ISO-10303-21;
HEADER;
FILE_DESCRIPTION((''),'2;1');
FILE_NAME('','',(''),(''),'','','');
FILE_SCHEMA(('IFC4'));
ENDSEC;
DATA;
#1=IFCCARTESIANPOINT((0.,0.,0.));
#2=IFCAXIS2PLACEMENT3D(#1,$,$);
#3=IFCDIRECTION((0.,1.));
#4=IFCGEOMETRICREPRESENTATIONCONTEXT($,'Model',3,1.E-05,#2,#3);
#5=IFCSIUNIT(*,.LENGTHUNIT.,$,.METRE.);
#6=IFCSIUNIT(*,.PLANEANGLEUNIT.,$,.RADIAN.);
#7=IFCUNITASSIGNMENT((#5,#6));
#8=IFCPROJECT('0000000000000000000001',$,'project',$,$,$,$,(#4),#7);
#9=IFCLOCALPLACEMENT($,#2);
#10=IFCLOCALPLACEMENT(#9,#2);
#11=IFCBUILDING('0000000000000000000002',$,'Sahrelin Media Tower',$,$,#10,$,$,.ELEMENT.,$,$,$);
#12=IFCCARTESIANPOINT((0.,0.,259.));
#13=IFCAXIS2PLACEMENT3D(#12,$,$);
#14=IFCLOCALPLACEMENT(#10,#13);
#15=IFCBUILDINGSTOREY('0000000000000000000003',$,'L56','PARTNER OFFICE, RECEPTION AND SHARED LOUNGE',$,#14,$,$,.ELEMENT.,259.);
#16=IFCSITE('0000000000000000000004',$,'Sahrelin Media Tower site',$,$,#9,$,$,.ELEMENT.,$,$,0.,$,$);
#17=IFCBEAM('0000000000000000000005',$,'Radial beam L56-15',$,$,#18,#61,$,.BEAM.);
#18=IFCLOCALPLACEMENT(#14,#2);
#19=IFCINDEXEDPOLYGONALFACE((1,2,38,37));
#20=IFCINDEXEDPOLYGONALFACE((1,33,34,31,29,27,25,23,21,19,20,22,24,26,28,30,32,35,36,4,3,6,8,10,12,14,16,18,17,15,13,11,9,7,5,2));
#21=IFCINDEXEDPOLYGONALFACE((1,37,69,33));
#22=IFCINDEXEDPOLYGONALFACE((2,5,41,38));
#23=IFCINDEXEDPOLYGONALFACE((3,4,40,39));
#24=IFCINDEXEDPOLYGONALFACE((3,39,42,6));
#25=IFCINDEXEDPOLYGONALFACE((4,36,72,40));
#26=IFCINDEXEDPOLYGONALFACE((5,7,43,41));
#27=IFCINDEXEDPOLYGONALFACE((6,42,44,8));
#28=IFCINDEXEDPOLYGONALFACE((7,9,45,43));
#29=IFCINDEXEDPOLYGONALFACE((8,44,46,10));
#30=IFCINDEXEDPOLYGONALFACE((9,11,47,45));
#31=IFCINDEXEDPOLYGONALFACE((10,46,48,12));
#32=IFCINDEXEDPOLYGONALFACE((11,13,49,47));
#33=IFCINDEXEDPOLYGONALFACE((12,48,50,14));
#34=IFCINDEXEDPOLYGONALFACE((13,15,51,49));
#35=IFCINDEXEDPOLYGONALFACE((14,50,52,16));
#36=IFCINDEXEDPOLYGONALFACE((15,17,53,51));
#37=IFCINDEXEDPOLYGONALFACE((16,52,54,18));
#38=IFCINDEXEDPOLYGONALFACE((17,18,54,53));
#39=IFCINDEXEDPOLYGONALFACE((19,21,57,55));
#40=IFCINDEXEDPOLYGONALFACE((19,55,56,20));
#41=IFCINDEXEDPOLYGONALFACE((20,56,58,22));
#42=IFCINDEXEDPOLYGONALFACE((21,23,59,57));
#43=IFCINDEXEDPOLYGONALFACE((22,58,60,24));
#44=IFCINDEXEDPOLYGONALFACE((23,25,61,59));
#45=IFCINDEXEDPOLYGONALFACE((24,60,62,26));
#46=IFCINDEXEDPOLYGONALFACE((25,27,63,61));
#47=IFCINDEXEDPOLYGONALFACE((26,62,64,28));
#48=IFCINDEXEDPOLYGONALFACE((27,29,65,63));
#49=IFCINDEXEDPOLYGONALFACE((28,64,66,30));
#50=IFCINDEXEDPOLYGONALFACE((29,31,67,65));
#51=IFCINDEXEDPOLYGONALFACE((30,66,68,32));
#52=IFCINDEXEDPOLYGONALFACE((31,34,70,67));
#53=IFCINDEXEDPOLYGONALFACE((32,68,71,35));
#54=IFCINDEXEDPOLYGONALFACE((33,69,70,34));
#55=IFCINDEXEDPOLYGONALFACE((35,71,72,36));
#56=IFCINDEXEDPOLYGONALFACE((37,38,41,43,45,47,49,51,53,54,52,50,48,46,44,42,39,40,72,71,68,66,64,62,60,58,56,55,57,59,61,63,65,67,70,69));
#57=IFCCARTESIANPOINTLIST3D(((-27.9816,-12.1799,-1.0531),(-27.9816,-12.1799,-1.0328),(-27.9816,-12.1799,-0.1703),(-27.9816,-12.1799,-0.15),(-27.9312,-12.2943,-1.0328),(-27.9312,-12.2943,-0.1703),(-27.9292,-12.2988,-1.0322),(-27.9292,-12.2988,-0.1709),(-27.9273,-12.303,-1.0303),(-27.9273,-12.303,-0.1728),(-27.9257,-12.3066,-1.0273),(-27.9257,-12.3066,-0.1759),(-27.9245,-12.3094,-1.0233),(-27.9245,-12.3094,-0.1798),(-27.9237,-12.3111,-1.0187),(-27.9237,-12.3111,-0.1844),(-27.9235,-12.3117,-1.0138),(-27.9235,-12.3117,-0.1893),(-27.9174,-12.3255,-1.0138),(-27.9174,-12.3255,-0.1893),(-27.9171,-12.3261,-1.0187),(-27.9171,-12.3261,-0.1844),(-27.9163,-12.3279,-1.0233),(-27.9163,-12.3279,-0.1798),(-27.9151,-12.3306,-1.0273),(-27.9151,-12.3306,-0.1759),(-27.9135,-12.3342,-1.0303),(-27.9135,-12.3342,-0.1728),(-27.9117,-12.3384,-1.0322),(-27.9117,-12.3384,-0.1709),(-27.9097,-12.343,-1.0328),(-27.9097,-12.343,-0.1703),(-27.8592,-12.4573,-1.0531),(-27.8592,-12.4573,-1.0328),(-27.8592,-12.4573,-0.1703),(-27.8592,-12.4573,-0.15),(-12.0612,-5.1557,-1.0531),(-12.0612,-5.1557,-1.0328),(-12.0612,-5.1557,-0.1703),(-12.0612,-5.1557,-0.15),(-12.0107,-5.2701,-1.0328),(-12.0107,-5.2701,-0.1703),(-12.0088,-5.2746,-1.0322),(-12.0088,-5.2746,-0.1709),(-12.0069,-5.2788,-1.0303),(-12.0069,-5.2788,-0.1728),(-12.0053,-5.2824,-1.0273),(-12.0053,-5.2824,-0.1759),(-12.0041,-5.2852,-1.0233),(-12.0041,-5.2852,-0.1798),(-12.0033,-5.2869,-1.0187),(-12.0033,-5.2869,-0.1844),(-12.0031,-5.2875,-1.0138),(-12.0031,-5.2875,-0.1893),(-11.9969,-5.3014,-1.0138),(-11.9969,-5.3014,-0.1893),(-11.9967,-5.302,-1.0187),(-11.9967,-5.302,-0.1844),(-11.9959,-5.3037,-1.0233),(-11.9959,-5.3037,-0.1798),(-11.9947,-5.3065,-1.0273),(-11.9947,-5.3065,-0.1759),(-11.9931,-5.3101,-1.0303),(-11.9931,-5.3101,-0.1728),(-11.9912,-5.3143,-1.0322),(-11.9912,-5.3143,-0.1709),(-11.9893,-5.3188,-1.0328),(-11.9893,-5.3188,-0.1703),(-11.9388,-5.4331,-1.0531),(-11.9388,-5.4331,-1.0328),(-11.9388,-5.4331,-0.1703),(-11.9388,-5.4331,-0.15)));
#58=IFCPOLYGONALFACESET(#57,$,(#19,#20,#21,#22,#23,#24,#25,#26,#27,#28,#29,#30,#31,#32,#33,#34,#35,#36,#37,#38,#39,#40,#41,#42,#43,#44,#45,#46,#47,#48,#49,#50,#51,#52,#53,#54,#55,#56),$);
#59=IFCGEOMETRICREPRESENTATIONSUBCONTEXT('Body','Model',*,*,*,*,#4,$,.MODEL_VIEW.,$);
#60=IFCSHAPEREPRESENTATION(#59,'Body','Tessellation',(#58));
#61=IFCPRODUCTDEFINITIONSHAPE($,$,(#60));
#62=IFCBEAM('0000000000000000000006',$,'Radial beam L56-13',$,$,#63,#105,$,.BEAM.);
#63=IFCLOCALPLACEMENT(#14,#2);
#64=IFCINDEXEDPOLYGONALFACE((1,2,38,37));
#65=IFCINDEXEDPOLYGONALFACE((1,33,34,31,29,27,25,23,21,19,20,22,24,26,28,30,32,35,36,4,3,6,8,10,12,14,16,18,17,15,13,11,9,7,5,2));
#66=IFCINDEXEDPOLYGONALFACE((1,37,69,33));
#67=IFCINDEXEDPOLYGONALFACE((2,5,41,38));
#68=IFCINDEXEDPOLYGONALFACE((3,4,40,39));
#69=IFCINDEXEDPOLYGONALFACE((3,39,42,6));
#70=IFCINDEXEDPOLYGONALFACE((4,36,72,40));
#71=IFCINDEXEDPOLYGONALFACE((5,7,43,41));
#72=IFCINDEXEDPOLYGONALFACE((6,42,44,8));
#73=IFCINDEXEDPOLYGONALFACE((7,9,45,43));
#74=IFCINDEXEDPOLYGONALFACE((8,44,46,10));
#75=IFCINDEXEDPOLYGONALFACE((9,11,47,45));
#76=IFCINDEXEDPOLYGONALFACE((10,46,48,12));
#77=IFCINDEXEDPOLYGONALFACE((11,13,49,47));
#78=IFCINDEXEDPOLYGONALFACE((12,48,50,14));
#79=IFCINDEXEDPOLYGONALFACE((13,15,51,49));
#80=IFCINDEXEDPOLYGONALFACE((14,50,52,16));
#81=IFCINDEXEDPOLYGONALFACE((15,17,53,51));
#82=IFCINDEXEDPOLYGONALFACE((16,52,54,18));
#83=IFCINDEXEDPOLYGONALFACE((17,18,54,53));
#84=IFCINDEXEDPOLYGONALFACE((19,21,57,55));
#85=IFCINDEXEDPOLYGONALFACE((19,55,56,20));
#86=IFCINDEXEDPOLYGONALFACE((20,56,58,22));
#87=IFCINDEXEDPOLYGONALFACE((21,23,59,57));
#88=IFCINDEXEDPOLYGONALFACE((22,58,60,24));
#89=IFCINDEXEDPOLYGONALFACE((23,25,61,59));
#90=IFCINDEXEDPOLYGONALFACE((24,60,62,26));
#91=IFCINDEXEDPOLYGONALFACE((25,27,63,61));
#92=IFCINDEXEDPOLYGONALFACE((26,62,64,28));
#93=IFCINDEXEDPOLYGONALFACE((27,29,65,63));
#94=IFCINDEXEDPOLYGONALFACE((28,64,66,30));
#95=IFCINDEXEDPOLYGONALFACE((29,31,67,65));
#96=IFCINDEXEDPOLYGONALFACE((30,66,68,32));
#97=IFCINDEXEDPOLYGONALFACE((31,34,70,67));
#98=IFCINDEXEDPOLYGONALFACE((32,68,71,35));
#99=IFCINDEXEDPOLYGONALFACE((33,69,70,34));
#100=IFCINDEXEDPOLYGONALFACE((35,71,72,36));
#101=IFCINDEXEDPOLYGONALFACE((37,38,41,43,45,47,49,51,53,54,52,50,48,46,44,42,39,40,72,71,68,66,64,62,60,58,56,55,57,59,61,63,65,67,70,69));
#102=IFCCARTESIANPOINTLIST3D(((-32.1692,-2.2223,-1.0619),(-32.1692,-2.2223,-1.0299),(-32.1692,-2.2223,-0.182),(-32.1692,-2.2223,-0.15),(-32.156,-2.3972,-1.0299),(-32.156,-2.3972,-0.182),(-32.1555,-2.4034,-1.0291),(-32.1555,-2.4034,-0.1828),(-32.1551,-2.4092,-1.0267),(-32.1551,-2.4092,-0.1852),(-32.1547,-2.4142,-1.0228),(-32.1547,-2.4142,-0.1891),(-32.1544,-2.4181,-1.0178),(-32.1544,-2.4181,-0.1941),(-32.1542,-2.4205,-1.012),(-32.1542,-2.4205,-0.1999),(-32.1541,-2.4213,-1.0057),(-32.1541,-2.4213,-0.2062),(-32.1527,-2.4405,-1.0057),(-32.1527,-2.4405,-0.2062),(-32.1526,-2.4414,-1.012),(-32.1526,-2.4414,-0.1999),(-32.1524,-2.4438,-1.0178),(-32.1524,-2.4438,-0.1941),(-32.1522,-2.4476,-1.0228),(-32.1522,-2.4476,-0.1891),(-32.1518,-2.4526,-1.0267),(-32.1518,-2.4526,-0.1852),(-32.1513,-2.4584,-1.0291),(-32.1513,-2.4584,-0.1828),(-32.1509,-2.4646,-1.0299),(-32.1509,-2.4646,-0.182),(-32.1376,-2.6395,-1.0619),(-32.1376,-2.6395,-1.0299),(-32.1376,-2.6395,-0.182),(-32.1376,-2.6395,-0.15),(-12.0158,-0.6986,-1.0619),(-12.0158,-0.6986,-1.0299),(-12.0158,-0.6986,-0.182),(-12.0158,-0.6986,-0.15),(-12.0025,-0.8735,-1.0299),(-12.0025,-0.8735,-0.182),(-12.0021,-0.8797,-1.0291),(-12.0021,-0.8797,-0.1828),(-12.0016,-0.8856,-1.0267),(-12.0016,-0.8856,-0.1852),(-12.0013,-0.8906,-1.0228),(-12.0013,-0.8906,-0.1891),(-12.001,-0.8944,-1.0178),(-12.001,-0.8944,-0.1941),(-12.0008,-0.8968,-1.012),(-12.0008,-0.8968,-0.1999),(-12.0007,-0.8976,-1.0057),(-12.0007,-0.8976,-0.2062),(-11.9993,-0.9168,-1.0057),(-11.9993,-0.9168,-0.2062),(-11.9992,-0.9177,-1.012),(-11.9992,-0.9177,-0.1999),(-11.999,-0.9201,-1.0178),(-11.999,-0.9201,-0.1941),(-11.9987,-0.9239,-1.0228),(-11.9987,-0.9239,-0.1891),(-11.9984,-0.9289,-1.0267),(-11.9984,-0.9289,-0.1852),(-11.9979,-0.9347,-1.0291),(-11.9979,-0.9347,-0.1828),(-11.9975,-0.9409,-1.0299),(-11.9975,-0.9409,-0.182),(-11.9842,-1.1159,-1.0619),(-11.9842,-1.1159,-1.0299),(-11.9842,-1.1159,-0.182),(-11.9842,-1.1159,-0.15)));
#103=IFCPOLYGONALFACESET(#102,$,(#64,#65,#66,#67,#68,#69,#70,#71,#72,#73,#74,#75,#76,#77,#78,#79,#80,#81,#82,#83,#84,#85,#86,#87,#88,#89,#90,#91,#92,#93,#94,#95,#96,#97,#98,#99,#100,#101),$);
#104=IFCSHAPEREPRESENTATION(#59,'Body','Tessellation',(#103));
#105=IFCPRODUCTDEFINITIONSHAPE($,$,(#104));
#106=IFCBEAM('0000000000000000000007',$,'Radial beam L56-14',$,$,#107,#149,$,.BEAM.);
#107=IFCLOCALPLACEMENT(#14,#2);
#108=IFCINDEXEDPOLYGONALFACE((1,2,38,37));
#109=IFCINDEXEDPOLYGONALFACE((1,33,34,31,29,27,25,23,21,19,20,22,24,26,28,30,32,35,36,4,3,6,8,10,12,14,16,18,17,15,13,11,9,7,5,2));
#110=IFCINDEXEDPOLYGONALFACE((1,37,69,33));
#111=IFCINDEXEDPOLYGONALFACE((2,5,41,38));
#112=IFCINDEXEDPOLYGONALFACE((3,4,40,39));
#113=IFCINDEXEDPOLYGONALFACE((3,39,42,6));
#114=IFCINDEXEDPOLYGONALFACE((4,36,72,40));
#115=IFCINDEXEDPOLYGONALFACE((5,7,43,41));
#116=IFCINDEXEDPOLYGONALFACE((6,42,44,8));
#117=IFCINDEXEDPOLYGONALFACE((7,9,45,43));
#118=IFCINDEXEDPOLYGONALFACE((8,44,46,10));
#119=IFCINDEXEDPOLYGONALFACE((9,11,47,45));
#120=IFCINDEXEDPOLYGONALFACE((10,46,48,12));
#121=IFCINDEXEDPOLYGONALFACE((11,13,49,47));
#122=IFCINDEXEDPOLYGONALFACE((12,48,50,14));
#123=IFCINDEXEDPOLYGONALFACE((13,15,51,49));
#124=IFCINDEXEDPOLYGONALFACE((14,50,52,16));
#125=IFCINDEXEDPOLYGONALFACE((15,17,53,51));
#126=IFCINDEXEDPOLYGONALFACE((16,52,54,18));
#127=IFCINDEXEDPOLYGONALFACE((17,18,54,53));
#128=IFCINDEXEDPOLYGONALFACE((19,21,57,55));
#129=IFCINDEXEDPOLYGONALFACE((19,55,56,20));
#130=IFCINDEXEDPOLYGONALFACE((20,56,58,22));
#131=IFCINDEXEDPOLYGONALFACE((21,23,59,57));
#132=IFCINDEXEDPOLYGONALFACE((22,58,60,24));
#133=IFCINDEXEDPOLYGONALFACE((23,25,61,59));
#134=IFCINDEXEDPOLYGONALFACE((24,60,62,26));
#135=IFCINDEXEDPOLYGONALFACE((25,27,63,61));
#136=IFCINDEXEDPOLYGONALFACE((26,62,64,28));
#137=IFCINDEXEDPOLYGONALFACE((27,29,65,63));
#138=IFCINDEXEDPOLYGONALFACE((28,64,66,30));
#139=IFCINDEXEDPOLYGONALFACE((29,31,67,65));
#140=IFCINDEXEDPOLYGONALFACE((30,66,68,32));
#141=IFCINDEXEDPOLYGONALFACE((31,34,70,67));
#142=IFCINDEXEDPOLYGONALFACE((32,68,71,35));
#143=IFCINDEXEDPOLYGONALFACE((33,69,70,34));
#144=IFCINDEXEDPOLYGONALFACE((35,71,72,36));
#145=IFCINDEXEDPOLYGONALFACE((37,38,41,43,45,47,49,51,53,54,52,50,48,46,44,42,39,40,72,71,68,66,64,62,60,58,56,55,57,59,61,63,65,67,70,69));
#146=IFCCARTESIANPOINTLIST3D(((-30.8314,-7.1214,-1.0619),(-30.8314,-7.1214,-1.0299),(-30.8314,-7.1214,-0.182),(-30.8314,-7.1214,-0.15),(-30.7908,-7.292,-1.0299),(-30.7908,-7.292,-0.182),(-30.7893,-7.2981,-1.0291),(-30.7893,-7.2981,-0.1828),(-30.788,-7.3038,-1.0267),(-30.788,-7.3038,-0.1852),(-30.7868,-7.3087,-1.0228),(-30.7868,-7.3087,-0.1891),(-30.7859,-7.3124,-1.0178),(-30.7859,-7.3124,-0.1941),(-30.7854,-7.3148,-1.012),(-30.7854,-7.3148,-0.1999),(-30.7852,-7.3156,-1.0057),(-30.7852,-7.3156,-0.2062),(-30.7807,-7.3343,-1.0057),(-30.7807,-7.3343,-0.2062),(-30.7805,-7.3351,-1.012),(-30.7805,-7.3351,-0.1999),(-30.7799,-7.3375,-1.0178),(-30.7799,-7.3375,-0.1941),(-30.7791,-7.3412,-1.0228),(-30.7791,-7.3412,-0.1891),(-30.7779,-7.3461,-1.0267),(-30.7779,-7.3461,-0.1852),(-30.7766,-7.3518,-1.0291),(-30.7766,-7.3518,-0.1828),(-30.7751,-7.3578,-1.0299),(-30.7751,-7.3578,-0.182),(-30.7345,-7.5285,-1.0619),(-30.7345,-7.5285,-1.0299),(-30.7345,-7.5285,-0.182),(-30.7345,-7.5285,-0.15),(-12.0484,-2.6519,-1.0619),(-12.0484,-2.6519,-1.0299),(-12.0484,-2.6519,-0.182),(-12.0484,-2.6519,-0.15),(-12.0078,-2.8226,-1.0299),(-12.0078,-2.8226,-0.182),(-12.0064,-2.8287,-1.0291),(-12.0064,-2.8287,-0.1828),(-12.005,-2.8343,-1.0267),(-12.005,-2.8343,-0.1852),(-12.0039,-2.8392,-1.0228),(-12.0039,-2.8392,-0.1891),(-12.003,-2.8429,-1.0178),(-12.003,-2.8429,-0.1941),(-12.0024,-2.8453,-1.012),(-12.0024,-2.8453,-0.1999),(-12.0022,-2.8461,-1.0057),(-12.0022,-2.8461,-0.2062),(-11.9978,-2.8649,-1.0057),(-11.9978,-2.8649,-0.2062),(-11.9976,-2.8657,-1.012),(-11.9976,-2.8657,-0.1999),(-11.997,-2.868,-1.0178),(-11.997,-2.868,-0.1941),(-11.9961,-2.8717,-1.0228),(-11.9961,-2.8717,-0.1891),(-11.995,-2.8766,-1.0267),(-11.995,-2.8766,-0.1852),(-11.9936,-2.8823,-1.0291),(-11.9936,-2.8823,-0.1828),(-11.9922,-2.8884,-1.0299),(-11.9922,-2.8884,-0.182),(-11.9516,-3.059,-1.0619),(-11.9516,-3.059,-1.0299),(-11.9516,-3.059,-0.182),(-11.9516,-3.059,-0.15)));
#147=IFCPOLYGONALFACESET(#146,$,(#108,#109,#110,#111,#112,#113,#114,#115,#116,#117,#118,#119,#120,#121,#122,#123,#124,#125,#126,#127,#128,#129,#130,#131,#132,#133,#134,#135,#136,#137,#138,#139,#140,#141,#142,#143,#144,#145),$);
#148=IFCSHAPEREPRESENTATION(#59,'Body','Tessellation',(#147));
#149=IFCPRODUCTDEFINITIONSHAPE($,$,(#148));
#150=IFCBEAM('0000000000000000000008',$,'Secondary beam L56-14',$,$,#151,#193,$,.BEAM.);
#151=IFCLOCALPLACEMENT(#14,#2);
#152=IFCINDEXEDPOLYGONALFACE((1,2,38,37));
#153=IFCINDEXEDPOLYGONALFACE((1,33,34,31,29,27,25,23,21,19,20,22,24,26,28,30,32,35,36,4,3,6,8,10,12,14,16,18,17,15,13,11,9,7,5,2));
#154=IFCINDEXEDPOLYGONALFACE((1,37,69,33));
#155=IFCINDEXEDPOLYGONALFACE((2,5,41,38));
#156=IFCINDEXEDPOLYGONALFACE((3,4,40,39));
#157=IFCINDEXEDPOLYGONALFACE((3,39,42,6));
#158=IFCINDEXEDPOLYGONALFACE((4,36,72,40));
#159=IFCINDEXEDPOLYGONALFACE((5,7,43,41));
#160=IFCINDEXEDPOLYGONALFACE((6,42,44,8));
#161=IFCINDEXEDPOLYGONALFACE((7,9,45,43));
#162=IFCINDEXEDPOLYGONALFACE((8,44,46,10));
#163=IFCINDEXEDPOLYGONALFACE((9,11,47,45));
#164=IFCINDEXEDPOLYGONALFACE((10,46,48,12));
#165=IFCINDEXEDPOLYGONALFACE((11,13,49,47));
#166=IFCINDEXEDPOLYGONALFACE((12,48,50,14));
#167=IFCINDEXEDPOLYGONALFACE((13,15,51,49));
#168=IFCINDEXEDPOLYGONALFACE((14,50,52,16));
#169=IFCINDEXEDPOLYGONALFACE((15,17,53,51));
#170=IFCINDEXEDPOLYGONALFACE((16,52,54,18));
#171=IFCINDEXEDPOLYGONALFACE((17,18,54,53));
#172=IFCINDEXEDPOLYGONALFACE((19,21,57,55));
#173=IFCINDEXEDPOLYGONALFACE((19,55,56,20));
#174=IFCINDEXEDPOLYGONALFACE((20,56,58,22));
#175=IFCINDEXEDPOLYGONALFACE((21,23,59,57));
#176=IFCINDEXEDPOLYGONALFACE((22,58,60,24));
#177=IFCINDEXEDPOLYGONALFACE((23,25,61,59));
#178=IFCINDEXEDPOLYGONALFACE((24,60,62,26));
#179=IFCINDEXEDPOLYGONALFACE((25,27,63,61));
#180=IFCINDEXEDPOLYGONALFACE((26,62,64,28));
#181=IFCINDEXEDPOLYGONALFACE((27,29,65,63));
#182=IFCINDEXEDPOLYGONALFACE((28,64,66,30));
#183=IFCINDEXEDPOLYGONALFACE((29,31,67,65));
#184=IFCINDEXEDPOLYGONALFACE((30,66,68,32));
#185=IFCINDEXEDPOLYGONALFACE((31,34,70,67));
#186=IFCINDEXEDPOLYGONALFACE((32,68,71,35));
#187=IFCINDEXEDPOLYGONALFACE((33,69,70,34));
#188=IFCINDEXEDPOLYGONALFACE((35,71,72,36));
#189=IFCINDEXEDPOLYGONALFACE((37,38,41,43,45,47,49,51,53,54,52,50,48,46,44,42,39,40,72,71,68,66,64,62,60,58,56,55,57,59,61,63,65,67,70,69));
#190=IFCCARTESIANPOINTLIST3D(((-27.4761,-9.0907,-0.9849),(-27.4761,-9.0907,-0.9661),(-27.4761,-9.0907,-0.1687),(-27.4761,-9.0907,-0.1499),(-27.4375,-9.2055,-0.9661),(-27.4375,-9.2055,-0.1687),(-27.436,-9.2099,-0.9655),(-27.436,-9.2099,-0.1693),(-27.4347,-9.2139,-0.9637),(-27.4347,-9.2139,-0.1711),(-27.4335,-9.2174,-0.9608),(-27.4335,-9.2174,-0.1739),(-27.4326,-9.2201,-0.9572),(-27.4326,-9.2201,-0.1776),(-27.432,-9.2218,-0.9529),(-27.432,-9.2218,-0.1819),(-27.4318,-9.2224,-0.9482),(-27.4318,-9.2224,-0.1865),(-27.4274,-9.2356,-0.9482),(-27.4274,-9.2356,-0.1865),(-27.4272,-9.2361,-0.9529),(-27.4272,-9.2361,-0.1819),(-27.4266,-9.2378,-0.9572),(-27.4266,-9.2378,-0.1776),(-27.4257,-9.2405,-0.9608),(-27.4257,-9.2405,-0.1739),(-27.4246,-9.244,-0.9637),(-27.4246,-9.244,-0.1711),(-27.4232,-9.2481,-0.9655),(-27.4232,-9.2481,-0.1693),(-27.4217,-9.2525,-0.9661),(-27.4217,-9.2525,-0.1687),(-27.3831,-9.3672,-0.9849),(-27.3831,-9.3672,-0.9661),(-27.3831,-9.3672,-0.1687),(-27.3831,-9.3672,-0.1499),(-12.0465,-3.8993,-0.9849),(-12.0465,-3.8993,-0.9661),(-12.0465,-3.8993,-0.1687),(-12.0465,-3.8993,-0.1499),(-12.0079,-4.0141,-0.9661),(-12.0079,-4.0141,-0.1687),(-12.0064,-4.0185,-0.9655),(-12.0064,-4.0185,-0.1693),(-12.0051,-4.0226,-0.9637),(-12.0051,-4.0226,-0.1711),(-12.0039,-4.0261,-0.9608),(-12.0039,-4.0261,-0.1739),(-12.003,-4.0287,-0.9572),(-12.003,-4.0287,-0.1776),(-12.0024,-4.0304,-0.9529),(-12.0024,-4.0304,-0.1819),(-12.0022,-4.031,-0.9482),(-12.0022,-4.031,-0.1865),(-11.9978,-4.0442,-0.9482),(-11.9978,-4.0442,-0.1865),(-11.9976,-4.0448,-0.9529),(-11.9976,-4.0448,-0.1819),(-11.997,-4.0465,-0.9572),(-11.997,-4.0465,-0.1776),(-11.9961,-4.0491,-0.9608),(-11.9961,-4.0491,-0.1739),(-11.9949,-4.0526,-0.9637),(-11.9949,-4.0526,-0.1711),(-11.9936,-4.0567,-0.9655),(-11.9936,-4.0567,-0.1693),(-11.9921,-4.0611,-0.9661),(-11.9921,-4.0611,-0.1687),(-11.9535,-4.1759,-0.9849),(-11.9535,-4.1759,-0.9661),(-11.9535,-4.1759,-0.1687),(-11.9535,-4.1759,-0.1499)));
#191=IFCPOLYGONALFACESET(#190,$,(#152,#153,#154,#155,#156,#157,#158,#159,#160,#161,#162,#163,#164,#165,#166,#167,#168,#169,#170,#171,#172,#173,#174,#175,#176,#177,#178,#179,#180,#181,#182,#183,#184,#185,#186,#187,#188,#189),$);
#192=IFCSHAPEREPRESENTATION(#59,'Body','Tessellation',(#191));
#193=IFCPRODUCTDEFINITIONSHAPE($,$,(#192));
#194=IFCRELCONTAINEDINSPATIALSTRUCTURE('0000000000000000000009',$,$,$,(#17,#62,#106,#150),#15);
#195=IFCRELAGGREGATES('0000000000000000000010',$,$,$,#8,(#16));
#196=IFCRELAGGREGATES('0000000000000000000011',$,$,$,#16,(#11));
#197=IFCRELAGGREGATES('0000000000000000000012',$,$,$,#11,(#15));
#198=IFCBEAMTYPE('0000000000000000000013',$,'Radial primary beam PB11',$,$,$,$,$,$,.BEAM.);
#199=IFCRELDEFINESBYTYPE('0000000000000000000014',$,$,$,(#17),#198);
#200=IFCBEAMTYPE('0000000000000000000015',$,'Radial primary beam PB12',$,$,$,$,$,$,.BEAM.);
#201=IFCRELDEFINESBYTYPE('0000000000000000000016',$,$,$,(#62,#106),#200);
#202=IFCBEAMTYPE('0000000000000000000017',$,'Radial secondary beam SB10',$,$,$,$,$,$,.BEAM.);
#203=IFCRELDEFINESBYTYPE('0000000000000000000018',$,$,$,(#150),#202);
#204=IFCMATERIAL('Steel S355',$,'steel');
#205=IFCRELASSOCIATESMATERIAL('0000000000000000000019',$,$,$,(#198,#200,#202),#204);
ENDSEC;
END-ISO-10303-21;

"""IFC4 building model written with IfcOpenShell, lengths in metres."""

from ifc_helpers import new_model, si_unit, direction, frame, origin, origin_2d, place, context, subcontext, project, spatial, i_section, extrude, material, material_profile, profile_set, type_object, element, save


model = new_model("IFC4")

# Units and contexts
model_context = context("Model", 3, precision=1e-05, world=origin(), true_north=direction((0.0, 1.0)))
body_context = subcontext(model_context, "Body", "Model", "MODEL_VIEW")
ifc_project = project(units=[si_unit("LENGTHUNIT", "METRE"), si_unit("PLANEANGLEUNIT", "RADIAN")], contexts=[model_context])

# Site, building, storey
site_placement = place(None, origin())
site = spatial("IfcSite", under=ifc_project, at=site_placement, Name="Sahrelin Media Tower site", CompositionType="ELEMENT", RefElevation=0.0)
building_placement = place(site_placement, origin())
building = spatial("IfcBuilding", under=site, at=building_placement, Name="Sahrelin Media Tower", CompositionType="ELEMENT")
storey_placement = place(building_placement, frame((0.0, 0.0, 259.0)))
storey = spatial("IfcBuildingStorey", under=building, at=storey_placement, Name="L56", Description="PARTNER OFFICE, RECEPTION AND SHARED LOUNGE", CompositionType="ELEMENT", Elevation=259.0)

# Beams
ifc_material_1 = material(Name="Steel S355", Category="steel")
ifc_material_profile_1 = material_profile(ifc_material_1, i_section(OverallWidth=0.3032, OverallDepth=0.9031, WebThickness=0.0151, FlangeThickness=0.0203, FilletRadius=0.019, at=origin_2d()), Name="UB 914x305x201")
ifc_profile_set_1 = profile_set([ifc_material_profile_1], Name="Steel S355")
beam_type_1 = type_object("IfcBeamType", Name="Radial primary beam PB11", PredefinedType="BEAM", material=ifc_profile_set_1)
beam_1_placement = place(storey_placement, frame((-12.0, -5.2944, -0.6016), z_axis=(-0.914908, -0.403662, 0.0), x_axis=(0.403662, -0.914908, 0.0)))
element("IfcBeam", 1, at=beam_1_placement, inside=storey, type_object=beam_type_1, Name="Radial beam L56-15", PredefinedType="BEAM", context=body_context, shape_type="SweptSolid", body=[
    extrude(i_section(OverallWidth=0.3032, OverallDepth=0.9031, WebThickness=0.0151, FlangeThickness=0.0203, FilletRadius=0.019, at=origin_2d()), origin(), (0.0, 0.0, 1.0), 17.4011),
])
ifc_material_profile_2 = material_profile(ifc_material_1, i_section(OverallWidth=0.4185, OverallDepth=0.9119, WebThickness=0.0193, FlangeThickness=0.032, FilletRadius=0.0242, at=origin_2d()), Name="UB 914x419x343")
ifc_profile_set_2 = profile_set([ifc_material_profile_2], Name="Steel S355")
beam_type_2 = type_object("IfcBeamType", Name="Radial primary beam PB12", PredefinedType="BEAM", material=ifc_profile_set_2)
beam_2_placement = place(storey_placement, frame((-12.0, -0.9072, -0.606), z_axis=(-0.997154, -0.075389, 0.0), x_axis=(0.075389, -0.997154, 0.0)))
element("IfcBeam", 2, at=beam_2_placement, inside=storey, type_object=beam_type_2, Name="Radial beam L56-13", PredefinedType="BEAM", context=body_context, shape_type="SweptSolid", body=[
    extrude(i_section(OverallWidth=0.4185, OverallDepth=0.9119, WebThickness=0.0193, FlangeThickness=0.032, FilletRadius=0.0242, at=origin_2d()), origin(), (0.0, 0.0, 1.0), 20.2109),
])
beam_3_placement = place(storey_placement, frame((-12.0, -2.8555, -0.606), z_axis=(-0.972837, -0.231491, 0.0), x_axis=(0.231491, -0.972837, 0.0)))
element("IfcBeam", 3, at=beam_3_placement, inside=storey, type_object=beam_type_2, Name="Radial beam L56-14", PredefinedType="BEAM", context=body_context, shape_type="SweptSolid", body=[
    extrude(i_section(OverallWidth=0.4185, OverallDepth=0.9119, WebThickness=0.0193, FlangeThickness=0.032, FilletRadius=0.0242, at=origin_2d()), origin(), (0.0, 0.0, 1.0), 19.3074),
])
ifc_material_profile_3 = material_profile(ifc_material_1, i_section(OverallWidth=0.2917, OverallDepth=0.835, WebThickness=0.0139, FlangeThickness=0.0188, FilletRadius=0.0178, at=origin_2d()), Name="UB 838x292x176")
ifc_profile_set_3 = profile_set([ifc_material_profile_3], Name="Steel S355")
beam_type_3 = type_object("IfcBeamType", Name="Radial secondary beam SB10", PredefinedType="BEAM", material=ifc_profile_set_3)
beam_4_placement = place(storey_placement, frame((-12.0, -4.0376, -0.5674), z_axis=(-0.947792, -0.31889, 0.0), x_axis=(0.31889, -0.947792, 0.0)))
element("IfcBeam", 4, at=beam_4_placement, inside=storey, type_object=beam_type_3, Name="Secondary beam L56-14", PredefinedType="BEAM", context=body_context, shape_type="SweptSolid", body=[
    extrude(i_section(OverallWidth=0.2917, OverallDepth=0.835, WebThickness=0.0139, FlangeThickness=0.0188, FilletRadius=0.0178, at=origin_2d()), origin(), (0.0, 0.0, 1.0), 16.2795),
])

save(model, "model.ifc")
